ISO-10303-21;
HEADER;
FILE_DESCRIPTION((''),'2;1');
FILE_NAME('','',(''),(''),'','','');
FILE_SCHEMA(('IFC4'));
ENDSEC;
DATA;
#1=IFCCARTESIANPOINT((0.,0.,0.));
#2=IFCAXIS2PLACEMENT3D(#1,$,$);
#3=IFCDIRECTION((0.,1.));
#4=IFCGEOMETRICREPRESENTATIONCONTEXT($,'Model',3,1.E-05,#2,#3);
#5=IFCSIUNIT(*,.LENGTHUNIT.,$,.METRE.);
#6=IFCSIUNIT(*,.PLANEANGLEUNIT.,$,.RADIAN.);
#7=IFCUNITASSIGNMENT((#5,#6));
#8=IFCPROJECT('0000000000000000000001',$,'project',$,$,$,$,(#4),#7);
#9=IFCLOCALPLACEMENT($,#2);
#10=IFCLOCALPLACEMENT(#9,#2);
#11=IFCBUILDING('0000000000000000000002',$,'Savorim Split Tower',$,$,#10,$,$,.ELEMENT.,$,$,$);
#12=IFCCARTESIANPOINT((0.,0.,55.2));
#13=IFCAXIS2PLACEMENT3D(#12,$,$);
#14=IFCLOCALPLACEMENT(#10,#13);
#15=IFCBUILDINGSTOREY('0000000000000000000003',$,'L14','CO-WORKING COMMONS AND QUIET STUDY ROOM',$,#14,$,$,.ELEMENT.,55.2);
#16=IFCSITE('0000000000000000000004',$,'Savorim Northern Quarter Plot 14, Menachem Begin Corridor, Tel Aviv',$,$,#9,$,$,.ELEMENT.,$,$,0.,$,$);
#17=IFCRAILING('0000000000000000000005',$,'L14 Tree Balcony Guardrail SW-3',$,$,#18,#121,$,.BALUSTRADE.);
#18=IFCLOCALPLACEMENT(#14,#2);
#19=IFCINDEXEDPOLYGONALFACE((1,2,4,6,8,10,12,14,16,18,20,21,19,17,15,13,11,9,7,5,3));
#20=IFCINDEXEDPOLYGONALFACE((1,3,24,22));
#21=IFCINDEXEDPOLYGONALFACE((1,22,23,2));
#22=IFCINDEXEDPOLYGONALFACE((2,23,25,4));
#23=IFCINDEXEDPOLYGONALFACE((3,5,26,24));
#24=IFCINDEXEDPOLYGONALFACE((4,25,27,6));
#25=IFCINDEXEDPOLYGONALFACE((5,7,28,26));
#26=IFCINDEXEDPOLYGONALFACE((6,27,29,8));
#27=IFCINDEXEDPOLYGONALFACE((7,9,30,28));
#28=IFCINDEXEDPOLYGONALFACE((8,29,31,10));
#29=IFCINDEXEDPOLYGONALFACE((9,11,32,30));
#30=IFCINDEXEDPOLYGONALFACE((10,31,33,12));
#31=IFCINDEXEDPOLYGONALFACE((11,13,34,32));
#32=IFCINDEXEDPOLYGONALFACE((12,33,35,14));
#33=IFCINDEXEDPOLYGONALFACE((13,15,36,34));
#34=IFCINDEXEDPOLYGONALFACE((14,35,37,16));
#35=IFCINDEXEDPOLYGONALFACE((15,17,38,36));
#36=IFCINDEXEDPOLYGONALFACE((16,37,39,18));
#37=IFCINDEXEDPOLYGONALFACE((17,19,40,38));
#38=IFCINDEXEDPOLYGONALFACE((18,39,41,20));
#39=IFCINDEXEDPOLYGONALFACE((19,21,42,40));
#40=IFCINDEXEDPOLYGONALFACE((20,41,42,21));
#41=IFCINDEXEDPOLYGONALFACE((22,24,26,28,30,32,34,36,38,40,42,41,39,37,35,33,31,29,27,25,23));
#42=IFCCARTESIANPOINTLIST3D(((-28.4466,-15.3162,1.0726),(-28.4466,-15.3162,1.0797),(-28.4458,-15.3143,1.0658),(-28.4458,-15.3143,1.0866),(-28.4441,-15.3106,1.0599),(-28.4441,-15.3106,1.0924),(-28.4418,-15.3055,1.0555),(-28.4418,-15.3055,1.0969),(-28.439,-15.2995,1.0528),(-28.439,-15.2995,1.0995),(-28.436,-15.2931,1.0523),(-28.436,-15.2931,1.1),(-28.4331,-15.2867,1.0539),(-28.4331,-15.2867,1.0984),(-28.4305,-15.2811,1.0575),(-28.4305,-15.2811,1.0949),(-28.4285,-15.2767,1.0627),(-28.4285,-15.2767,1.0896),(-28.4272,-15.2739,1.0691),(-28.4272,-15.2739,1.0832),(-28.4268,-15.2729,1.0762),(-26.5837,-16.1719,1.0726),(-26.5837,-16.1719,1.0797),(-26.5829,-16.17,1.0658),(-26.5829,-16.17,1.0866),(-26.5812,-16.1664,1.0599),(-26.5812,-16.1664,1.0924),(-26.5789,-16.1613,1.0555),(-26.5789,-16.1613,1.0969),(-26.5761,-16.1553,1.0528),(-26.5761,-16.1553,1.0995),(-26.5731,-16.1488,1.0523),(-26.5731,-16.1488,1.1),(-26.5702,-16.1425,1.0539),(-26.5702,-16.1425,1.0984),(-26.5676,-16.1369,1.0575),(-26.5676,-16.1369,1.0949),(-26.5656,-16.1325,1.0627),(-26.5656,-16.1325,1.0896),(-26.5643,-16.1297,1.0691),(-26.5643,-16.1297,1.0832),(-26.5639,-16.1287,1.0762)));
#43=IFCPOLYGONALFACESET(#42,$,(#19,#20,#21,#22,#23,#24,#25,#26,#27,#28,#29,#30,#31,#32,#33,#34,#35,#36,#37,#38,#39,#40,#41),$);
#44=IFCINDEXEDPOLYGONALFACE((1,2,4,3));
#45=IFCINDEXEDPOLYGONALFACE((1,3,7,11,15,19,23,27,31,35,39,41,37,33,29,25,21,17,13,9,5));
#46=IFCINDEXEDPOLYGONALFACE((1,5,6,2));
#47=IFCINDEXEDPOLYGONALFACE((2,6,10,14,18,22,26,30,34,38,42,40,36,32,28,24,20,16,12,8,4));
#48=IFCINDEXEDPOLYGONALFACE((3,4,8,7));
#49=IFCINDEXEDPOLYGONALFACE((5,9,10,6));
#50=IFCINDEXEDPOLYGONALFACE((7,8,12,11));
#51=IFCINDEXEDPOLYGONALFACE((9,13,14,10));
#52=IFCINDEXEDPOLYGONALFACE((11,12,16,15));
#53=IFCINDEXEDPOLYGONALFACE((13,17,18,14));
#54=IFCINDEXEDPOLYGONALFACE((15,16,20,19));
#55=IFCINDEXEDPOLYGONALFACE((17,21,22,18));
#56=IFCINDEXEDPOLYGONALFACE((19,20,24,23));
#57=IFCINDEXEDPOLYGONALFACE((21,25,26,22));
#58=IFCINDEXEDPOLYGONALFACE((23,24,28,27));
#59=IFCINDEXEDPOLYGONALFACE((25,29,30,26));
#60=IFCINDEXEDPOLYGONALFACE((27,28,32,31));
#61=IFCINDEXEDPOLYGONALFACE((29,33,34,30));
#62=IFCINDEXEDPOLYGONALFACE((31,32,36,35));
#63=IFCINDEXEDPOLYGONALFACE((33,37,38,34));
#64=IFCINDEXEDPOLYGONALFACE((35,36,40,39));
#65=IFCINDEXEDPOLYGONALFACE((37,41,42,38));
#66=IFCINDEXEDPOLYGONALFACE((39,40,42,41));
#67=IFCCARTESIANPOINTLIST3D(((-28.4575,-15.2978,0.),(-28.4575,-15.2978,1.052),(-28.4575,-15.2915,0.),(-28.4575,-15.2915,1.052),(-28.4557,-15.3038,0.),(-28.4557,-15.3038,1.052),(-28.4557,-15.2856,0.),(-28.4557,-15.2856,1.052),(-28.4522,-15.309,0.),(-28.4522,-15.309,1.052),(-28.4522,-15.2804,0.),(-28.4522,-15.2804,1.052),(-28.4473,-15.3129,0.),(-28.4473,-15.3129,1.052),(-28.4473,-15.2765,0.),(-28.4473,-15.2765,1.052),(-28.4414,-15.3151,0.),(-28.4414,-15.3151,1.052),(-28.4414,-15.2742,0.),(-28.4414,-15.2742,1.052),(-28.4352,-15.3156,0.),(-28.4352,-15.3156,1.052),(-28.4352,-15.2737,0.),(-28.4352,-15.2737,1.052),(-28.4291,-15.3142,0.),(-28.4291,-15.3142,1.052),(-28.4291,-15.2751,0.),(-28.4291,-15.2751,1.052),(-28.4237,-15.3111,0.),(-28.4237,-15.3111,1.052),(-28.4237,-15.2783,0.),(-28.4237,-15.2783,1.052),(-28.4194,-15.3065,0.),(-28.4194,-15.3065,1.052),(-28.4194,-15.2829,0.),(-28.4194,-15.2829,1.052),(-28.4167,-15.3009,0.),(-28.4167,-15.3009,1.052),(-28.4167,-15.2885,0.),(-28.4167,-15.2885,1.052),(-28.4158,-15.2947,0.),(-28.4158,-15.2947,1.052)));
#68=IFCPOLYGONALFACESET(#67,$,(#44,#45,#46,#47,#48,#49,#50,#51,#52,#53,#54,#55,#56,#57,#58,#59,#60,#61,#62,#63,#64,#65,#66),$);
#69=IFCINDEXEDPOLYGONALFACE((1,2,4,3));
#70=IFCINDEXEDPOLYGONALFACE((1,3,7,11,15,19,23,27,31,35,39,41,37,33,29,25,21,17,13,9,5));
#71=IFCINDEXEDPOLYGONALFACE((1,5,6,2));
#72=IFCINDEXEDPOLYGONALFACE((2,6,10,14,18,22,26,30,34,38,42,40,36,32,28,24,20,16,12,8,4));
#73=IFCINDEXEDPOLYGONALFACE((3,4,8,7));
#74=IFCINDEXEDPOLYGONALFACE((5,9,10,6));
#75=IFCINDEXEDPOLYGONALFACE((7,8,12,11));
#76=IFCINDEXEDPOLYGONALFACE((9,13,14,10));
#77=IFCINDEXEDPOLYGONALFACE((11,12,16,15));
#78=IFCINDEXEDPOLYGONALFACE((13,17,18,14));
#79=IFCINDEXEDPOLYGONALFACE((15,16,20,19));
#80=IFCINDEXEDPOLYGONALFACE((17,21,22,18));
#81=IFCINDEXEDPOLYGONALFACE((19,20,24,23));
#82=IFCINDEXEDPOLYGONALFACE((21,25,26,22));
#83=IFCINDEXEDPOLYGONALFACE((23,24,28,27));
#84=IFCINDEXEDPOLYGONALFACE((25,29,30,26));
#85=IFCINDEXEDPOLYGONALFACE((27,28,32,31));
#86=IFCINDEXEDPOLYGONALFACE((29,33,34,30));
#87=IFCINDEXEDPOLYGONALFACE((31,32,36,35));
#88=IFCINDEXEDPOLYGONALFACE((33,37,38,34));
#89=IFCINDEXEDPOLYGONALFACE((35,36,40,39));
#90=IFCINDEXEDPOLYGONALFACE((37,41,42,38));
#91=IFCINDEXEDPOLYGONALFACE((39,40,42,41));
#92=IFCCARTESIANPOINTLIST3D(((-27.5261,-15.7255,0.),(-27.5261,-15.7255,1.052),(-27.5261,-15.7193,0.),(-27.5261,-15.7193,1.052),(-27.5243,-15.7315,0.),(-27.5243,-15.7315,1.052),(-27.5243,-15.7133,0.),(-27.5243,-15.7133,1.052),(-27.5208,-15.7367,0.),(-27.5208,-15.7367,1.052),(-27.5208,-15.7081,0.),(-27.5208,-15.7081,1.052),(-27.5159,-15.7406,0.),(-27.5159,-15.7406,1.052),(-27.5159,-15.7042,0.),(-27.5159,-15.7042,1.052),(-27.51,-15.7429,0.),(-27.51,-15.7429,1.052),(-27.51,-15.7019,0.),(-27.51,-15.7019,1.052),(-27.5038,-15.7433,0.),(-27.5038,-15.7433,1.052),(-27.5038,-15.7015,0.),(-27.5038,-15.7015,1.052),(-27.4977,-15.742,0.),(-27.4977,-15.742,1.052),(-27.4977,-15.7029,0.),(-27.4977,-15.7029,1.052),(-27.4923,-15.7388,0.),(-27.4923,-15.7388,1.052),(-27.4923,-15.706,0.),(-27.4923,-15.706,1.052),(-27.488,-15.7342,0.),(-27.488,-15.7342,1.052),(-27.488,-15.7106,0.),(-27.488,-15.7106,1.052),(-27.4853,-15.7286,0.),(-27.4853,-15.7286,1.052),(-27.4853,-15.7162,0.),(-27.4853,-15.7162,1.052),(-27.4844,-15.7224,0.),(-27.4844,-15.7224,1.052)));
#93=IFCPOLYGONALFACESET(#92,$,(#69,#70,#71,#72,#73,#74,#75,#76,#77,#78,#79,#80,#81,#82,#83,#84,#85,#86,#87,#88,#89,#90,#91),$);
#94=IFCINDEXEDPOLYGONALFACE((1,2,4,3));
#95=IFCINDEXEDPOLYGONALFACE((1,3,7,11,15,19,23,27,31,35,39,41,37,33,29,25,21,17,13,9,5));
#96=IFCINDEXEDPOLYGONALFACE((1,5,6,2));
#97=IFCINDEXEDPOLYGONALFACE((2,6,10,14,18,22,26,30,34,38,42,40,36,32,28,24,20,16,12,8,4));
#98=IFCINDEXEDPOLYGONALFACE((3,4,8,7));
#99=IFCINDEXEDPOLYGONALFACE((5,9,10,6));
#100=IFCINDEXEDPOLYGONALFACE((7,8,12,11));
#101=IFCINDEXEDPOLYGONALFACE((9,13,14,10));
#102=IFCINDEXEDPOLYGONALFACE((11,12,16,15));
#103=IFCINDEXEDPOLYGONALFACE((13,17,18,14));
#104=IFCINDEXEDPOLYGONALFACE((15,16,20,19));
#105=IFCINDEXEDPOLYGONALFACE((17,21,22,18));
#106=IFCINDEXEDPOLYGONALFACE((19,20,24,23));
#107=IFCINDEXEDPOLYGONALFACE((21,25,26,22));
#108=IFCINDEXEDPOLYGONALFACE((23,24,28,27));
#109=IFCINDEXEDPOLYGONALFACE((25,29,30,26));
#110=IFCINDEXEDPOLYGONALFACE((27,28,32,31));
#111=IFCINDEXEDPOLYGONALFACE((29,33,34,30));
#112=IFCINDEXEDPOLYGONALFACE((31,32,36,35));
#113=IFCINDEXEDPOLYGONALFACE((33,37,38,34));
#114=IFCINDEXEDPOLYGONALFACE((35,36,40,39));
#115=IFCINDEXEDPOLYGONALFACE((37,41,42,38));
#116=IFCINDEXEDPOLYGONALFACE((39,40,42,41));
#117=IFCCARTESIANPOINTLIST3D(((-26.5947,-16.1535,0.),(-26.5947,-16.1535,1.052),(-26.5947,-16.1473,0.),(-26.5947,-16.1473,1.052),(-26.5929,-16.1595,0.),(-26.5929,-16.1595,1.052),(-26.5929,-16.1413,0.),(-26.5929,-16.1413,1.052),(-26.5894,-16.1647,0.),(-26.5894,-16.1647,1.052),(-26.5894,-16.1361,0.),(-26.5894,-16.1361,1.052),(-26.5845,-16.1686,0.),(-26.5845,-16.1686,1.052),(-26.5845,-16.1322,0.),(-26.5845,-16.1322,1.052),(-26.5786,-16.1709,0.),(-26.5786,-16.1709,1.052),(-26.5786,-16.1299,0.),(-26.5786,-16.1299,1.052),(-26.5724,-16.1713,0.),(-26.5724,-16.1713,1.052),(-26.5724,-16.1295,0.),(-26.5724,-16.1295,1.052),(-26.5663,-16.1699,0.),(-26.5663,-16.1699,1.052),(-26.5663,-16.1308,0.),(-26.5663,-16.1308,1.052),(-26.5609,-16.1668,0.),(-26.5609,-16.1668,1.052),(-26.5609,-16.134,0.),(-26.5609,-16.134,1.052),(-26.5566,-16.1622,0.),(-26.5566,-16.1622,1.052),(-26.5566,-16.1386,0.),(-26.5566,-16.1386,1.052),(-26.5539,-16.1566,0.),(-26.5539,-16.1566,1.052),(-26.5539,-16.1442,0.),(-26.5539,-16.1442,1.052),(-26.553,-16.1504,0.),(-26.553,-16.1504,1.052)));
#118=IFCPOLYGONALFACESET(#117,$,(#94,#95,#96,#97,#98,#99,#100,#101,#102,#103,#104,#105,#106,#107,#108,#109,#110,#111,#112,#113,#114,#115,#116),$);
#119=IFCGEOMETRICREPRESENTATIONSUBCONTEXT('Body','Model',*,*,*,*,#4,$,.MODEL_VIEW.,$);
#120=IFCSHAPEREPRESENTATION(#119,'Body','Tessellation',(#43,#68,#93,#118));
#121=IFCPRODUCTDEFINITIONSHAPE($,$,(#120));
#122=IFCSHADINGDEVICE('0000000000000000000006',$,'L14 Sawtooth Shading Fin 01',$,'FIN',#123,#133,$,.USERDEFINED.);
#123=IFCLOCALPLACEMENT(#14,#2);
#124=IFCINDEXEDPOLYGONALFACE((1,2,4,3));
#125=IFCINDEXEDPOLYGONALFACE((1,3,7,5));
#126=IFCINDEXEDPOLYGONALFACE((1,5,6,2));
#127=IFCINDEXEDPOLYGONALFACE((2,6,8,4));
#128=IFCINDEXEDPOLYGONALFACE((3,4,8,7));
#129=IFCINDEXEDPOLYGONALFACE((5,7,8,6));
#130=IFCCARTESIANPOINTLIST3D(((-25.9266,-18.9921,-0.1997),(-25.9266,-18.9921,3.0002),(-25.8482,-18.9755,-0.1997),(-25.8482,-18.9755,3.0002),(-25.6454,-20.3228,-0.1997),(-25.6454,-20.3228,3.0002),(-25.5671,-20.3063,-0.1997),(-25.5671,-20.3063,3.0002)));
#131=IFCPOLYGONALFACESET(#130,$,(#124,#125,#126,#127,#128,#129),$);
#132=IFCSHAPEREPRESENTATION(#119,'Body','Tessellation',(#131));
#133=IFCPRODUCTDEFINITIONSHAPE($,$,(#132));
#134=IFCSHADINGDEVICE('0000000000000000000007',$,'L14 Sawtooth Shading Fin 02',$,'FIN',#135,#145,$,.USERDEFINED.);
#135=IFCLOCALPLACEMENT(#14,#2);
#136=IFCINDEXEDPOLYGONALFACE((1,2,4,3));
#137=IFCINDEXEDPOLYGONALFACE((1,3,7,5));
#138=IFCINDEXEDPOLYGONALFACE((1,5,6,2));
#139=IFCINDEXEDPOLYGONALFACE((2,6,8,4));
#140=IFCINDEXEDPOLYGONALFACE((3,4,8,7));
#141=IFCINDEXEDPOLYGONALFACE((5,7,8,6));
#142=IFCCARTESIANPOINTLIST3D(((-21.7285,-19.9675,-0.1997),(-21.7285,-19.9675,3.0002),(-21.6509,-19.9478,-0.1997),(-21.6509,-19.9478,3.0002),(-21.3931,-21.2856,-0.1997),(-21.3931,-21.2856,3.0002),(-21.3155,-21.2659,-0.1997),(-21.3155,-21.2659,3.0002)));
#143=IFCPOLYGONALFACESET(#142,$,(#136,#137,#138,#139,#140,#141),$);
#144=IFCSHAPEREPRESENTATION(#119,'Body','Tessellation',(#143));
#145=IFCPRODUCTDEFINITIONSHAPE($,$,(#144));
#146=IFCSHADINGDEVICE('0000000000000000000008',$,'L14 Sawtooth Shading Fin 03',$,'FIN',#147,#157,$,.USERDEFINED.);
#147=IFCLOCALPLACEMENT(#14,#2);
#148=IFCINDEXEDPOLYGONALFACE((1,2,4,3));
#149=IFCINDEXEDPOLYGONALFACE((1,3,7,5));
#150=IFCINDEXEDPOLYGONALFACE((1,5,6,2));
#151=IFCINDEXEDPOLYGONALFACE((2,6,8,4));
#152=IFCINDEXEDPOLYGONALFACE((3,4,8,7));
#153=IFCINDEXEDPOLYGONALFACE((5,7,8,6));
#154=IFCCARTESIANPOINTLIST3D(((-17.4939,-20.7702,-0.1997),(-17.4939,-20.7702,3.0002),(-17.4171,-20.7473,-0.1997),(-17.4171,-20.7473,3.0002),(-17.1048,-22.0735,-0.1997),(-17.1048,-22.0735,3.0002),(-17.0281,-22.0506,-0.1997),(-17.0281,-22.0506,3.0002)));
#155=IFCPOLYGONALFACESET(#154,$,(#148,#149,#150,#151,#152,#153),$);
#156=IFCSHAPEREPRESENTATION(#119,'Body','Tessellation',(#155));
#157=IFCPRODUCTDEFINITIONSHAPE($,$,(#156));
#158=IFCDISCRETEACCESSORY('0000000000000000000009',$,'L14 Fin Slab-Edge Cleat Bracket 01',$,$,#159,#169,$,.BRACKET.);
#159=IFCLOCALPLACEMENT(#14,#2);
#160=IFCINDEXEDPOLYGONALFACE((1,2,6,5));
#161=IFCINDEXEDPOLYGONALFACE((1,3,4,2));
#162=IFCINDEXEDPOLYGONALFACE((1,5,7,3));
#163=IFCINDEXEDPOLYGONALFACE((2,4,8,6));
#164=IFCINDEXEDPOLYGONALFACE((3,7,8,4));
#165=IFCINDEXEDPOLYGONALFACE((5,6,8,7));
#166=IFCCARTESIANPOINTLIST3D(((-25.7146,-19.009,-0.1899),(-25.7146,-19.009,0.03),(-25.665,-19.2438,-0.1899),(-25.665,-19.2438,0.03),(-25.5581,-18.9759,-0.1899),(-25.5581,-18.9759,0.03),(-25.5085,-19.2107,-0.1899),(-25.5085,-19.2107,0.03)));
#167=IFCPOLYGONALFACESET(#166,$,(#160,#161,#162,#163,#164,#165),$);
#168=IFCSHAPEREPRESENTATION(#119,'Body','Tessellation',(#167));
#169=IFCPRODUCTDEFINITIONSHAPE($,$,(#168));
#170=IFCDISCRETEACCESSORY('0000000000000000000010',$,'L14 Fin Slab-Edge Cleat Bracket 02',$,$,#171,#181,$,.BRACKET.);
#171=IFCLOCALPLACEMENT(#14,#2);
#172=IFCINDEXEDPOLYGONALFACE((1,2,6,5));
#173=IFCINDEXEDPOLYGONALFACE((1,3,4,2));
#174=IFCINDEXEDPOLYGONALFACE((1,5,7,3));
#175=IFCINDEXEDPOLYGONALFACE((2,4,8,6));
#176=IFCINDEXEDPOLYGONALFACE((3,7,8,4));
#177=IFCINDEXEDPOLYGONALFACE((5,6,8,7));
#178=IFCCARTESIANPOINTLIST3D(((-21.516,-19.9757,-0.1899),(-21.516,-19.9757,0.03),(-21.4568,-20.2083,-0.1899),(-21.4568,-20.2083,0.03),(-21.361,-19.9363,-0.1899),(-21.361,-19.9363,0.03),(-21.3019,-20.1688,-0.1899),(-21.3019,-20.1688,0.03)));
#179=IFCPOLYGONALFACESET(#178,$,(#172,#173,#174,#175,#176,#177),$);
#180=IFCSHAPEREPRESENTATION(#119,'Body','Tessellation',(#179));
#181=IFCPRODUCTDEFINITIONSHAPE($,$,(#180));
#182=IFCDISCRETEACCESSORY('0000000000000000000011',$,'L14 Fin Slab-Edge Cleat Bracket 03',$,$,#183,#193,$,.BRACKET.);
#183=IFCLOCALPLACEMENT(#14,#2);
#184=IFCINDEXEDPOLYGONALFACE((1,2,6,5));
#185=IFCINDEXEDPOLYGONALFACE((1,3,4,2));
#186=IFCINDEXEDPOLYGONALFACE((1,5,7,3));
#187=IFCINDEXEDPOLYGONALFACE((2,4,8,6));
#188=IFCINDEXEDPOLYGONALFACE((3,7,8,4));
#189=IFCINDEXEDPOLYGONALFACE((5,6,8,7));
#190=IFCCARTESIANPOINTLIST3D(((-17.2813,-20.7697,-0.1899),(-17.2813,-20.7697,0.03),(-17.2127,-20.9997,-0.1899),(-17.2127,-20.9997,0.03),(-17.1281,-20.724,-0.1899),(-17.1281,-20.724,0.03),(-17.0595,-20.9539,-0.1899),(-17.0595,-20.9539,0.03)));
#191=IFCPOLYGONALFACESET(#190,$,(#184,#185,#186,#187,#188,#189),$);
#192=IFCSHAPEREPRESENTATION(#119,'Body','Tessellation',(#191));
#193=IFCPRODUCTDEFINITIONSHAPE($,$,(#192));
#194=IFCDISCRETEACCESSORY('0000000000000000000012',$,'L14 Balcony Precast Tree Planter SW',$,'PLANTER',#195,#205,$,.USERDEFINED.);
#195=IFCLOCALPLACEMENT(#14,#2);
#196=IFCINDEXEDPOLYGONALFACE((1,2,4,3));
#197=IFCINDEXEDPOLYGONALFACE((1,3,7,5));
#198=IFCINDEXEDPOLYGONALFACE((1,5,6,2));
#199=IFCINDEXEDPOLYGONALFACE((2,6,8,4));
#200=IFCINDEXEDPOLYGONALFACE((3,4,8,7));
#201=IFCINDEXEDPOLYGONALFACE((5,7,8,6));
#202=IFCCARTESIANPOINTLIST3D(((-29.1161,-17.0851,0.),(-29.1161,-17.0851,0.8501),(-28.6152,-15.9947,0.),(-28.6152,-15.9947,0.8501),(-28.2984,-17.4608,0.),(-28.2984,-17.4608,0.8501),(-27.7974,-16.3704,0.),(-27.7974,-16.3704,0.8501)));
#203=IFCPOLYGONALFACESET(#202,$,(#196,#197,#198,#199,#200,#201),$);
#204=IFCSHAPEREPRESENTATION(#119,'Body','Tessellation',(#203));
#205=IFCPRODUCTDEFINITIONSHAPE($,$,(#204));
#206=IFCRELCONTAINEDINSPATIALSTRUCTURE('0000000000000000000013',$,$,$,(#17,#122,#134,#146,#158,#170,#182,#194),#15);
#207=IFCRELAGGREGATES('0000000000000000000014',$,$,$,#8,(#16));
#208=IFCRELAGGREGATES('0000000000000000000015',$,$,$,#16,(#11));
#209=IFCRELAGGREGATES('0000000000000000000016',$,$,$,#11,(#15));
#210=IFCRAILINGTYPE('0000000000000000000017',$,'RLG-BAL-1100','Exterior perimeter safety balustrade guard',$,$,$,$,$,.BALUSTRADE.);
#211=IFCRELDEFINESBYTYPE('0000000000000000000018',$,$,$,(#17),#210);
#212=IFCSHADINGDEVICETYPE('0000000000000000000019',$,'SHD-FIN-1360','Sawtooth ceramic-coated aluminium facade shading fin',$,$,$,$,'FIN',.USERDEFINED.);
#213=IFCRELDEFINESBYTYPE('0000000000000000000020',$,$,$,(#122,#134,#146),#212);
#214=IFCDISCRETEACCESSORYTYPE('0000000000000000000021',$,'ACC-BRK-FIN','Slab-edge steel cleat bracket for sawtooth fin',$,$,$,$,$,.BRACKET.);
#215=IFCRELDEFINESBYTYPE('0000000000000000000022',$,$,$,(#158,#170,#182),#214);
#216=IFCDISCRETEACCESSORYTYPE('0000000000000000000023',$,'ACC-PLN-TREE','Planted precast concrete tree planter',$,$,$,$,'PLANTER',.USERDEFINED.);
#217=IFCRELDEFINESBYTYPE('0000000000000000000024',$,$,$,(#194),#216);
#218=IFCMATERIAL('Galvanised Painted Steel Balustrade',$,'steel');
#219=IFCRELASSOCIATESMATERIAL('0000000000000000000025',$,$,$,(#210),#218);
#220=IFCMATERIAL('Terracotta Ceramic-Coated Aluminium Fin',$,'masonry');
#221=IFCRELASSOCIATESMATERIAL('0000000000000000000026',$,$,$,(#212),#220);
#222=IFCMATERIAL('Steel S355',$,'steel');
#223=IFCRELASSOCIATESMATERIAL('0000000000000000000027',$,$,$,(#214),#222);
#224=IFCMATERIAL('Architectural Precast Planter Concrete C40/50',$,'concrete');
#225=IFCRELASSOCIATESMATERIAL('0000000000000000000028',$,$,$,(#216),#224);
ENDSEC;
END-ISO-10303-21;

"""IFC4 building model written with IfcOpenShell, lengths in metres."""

from ifc_helpers import new_model, si_unit, direction, frame, origin, origin_2d, place, context, subcontext, project, spatial, rectangle, circle, extrude, material, type_object, element, save


model = new_model("IFC4")

# Units and contexts
model_context = context("Model", 3, precision=1e-05, world=origin(), true_north=direction((0.0, 1.0)))
body_context = subcontext(model_context, "Body", "Model", "MODEL_VIEW")
ifc_project = project(units=[si_unit("LENGTHUNIT", "METRE"), si_unit("PLANEANGLEUNIT", "RADIAN")], contexts=[model_context])

# Site, building, storey
site_placement = place(None, origin())
site = spatial("IfcSite", under=ifc_project, at=site_placement, Name="Savorim Northern Quarter Plot 14, Menachem Begin Corridor, Tel Aviv", CompositionType="ELEMENT", RefElevation=0.0)
building_placement = place(site_placement, origin())
building = spatial("IfcBuilding", under=site, at=building_placement, Name="Savorim Split Tower", CompositionType="ELEMENT")
storey_placement = place(building_placement, frame((0.0, 0.0, 55.2)))
storey = spatial("IfcBuildingStorey", under=building, at=storey_placement, Name="L14", Description="CO-WORKING COMMONS AND QUIET STUDY ROOM", CompositionType="ELEMENT", Elevation=55.2)

# Shared definitions
ifc_material_1 = material(Name="Steel S355", Category="steel")

# Railing
ifc_material_2 = material(Name="Galvanised Painted Steel Balustrade", Category="steel")
railing_type = type_object("IfcRailingType", Name="RLG-BAL-1100", Description="Exterior perimeter safety balustrade guard", PredefinedType="BALUSTRADE", material=ifc_material_2)
railing_1_placement = place(storey_placement, frame((-28.4368, -15.2947, 0.0)))
element("IfcRailing", 1, at=railing_1_placement, inside=storey, type_object=railing_type, Name="L14 Tree Balcony Guardrail SW-3", PredefinedType="BALUSTRADE", context=body_context, shape_type="SweptSolid", body=[
    extrude(circle(Radius=0.0239, at=origin_2d()), frame((0.0, 0.0, 1.0762), z_axis=(0.908707, -0.417434, 0.0), x_axis=(0.417434, 0.908707, 0.0)), (0.0, 0.0, 1.0), 2.05),
    extrude(circle(Radius=0.021, at=origin_2d()), origin(), (0.0, 0.0, 1.0), 1.052),
    extrude(circle(Radius=0.021, at=origin_2d()), frame((0.9314, -0.4277, 0.0)), (0.0, 0.0, 1.0), 1.052),
    extrude(circle(Radius=0.021, at=origin_2d()), frame((1.8628, -0.8557, 0.0)), (0.0, 0.0, 1.0), 1.052),
])

# Shading devices
ifc_material_3 = material(Name="Terracotta Ceramic-Coated Aluminium Fin", Category="masonry")
shading_device_type = type_object("IfcShadingDeviceType", Name="SHD-FIN-1360", Description="Sawtooth ceramic-coated aluminium facade shading fin", ElementType="FIN", PredefinedType="USERDEFINED", material=ifc_material_3)
for number, where, z_axis, x_axis, name in (
    (2, (-25.7468, -19.6492, -0.1997), (0.0, 0.0, 1.0), (0.206722, -0.9784, 0.0), "L14 Sawtooth Shading Fin 01"),
    (3, (-21.522, -20.6167, -0.1997), (0.0, 0.0, 1.0), (0.246581, -0.969122, 0.0), "L14 Sawtooth Shading Fin 02"),
    (4, (-17.261, -21.4104, -0.1997), (0.0, 0.0, 1.0), (0.286026, -0.958222, 0.0), "L14 Sawtooth Shading Fin 03"),
):
    element("IfcShadingDevice", number, at=place(storey_placement, frame(where, z_axis=z_axis, x_axis=x_axis)), inside=storey, type_object=shading_device_type, Name=name, ObjectType="FIN", PredefinedType="USERDEFINED", context=body_context, shape_type="SweptSolid", body=[
        extrude(rectangle(XDim=1.3601, YDim=0.0801, at=origin_2d()), origin(), (0.0, 0.0, 1.0), 3.2),
    ])

# Discrete accessories
discrete_accessory_type_1 = type_object("IfcDiscreteAccessoryType", Name="ACC-BRK-FIN", Description="Slab-edge steel cleat bracket for sawtooth fin", PredefinedType="BRACKET", material=ifc_material_1)
for number, where, z_axis, x_axis, name in (
    (5, (-25.6116, -19.1099, -0.1899), (0.0, 0.0, 1.0), (0.206722, -0.9784, 0.0), "L14 Fin Slab-Edge Cleat Bracket 01"),
    (6, (-21.4089, -20.0723, -0.1899), (0.0, 0.0, 1.0), (0.246581, -0.969122, 0.0), "L14 Fin Slab-Edge Cleat Bracket 02"),
    (7, (-17.1704, -20.8618, -0.1899), (0.0, 0.0, 1.0), (0.286026, -0.958222, 0.0), "L14 Fin Slab-Edge Cleat Bracket 03"),
):
    element("IfcDiscreteAccessory", number, at=place(storey_placement, frame(where, z_axis=z_axis, x_axis=x_axis)), inside=storey, type_object=discrete_accessory_type_1, Name=name, PredefinedType="BRACKET", context=body_context, shape_type="SweptSolid", body=[
        extrude(rectangle(XDim=0.24, YDim=0.1599, at=origin_2d()), origin(), (0.0, 0.0, 1.0), 0.22),
    ])
ifc_material_4 = material(Name="Architectural Precast Planter Concrete C40/50", Category="concrete")
discrete_accessory_type_2 = type_object("IfcDiscreteAccessoryType", Name="ACC-PLN-TREE", Description="Planted precast concrete tree planter", ElementType="PLANTER", PredefinedType="USERDEFINED", material=ifc_material_4)
discrete_accessory_placement = place(storey_placement, frame((-28.4568, -16.7278, 0.0), z_axis=(0.0, 0.0, 1.0), x_axis=(-0.417488, -0.908682, 0.0)))
element("IfcDiscreteAccessory", 8, at=discrete_accessory_placement, inside=storey, type_object=discrete_accessory_type_2, Name="L14 Balcony Precast Tree Planter SW", ObjectType="PLANTER", PredefinedType="USERDEFINED", context=body_context, shape_type="SweptSolid", body=[
    extrude(rectangle(XDim=1.2, YDim=0.8999, at=origin_2d()), origin(), (0.0, 0.0, 1.0), 0.8501),
])

save(model, "model.ifc")
